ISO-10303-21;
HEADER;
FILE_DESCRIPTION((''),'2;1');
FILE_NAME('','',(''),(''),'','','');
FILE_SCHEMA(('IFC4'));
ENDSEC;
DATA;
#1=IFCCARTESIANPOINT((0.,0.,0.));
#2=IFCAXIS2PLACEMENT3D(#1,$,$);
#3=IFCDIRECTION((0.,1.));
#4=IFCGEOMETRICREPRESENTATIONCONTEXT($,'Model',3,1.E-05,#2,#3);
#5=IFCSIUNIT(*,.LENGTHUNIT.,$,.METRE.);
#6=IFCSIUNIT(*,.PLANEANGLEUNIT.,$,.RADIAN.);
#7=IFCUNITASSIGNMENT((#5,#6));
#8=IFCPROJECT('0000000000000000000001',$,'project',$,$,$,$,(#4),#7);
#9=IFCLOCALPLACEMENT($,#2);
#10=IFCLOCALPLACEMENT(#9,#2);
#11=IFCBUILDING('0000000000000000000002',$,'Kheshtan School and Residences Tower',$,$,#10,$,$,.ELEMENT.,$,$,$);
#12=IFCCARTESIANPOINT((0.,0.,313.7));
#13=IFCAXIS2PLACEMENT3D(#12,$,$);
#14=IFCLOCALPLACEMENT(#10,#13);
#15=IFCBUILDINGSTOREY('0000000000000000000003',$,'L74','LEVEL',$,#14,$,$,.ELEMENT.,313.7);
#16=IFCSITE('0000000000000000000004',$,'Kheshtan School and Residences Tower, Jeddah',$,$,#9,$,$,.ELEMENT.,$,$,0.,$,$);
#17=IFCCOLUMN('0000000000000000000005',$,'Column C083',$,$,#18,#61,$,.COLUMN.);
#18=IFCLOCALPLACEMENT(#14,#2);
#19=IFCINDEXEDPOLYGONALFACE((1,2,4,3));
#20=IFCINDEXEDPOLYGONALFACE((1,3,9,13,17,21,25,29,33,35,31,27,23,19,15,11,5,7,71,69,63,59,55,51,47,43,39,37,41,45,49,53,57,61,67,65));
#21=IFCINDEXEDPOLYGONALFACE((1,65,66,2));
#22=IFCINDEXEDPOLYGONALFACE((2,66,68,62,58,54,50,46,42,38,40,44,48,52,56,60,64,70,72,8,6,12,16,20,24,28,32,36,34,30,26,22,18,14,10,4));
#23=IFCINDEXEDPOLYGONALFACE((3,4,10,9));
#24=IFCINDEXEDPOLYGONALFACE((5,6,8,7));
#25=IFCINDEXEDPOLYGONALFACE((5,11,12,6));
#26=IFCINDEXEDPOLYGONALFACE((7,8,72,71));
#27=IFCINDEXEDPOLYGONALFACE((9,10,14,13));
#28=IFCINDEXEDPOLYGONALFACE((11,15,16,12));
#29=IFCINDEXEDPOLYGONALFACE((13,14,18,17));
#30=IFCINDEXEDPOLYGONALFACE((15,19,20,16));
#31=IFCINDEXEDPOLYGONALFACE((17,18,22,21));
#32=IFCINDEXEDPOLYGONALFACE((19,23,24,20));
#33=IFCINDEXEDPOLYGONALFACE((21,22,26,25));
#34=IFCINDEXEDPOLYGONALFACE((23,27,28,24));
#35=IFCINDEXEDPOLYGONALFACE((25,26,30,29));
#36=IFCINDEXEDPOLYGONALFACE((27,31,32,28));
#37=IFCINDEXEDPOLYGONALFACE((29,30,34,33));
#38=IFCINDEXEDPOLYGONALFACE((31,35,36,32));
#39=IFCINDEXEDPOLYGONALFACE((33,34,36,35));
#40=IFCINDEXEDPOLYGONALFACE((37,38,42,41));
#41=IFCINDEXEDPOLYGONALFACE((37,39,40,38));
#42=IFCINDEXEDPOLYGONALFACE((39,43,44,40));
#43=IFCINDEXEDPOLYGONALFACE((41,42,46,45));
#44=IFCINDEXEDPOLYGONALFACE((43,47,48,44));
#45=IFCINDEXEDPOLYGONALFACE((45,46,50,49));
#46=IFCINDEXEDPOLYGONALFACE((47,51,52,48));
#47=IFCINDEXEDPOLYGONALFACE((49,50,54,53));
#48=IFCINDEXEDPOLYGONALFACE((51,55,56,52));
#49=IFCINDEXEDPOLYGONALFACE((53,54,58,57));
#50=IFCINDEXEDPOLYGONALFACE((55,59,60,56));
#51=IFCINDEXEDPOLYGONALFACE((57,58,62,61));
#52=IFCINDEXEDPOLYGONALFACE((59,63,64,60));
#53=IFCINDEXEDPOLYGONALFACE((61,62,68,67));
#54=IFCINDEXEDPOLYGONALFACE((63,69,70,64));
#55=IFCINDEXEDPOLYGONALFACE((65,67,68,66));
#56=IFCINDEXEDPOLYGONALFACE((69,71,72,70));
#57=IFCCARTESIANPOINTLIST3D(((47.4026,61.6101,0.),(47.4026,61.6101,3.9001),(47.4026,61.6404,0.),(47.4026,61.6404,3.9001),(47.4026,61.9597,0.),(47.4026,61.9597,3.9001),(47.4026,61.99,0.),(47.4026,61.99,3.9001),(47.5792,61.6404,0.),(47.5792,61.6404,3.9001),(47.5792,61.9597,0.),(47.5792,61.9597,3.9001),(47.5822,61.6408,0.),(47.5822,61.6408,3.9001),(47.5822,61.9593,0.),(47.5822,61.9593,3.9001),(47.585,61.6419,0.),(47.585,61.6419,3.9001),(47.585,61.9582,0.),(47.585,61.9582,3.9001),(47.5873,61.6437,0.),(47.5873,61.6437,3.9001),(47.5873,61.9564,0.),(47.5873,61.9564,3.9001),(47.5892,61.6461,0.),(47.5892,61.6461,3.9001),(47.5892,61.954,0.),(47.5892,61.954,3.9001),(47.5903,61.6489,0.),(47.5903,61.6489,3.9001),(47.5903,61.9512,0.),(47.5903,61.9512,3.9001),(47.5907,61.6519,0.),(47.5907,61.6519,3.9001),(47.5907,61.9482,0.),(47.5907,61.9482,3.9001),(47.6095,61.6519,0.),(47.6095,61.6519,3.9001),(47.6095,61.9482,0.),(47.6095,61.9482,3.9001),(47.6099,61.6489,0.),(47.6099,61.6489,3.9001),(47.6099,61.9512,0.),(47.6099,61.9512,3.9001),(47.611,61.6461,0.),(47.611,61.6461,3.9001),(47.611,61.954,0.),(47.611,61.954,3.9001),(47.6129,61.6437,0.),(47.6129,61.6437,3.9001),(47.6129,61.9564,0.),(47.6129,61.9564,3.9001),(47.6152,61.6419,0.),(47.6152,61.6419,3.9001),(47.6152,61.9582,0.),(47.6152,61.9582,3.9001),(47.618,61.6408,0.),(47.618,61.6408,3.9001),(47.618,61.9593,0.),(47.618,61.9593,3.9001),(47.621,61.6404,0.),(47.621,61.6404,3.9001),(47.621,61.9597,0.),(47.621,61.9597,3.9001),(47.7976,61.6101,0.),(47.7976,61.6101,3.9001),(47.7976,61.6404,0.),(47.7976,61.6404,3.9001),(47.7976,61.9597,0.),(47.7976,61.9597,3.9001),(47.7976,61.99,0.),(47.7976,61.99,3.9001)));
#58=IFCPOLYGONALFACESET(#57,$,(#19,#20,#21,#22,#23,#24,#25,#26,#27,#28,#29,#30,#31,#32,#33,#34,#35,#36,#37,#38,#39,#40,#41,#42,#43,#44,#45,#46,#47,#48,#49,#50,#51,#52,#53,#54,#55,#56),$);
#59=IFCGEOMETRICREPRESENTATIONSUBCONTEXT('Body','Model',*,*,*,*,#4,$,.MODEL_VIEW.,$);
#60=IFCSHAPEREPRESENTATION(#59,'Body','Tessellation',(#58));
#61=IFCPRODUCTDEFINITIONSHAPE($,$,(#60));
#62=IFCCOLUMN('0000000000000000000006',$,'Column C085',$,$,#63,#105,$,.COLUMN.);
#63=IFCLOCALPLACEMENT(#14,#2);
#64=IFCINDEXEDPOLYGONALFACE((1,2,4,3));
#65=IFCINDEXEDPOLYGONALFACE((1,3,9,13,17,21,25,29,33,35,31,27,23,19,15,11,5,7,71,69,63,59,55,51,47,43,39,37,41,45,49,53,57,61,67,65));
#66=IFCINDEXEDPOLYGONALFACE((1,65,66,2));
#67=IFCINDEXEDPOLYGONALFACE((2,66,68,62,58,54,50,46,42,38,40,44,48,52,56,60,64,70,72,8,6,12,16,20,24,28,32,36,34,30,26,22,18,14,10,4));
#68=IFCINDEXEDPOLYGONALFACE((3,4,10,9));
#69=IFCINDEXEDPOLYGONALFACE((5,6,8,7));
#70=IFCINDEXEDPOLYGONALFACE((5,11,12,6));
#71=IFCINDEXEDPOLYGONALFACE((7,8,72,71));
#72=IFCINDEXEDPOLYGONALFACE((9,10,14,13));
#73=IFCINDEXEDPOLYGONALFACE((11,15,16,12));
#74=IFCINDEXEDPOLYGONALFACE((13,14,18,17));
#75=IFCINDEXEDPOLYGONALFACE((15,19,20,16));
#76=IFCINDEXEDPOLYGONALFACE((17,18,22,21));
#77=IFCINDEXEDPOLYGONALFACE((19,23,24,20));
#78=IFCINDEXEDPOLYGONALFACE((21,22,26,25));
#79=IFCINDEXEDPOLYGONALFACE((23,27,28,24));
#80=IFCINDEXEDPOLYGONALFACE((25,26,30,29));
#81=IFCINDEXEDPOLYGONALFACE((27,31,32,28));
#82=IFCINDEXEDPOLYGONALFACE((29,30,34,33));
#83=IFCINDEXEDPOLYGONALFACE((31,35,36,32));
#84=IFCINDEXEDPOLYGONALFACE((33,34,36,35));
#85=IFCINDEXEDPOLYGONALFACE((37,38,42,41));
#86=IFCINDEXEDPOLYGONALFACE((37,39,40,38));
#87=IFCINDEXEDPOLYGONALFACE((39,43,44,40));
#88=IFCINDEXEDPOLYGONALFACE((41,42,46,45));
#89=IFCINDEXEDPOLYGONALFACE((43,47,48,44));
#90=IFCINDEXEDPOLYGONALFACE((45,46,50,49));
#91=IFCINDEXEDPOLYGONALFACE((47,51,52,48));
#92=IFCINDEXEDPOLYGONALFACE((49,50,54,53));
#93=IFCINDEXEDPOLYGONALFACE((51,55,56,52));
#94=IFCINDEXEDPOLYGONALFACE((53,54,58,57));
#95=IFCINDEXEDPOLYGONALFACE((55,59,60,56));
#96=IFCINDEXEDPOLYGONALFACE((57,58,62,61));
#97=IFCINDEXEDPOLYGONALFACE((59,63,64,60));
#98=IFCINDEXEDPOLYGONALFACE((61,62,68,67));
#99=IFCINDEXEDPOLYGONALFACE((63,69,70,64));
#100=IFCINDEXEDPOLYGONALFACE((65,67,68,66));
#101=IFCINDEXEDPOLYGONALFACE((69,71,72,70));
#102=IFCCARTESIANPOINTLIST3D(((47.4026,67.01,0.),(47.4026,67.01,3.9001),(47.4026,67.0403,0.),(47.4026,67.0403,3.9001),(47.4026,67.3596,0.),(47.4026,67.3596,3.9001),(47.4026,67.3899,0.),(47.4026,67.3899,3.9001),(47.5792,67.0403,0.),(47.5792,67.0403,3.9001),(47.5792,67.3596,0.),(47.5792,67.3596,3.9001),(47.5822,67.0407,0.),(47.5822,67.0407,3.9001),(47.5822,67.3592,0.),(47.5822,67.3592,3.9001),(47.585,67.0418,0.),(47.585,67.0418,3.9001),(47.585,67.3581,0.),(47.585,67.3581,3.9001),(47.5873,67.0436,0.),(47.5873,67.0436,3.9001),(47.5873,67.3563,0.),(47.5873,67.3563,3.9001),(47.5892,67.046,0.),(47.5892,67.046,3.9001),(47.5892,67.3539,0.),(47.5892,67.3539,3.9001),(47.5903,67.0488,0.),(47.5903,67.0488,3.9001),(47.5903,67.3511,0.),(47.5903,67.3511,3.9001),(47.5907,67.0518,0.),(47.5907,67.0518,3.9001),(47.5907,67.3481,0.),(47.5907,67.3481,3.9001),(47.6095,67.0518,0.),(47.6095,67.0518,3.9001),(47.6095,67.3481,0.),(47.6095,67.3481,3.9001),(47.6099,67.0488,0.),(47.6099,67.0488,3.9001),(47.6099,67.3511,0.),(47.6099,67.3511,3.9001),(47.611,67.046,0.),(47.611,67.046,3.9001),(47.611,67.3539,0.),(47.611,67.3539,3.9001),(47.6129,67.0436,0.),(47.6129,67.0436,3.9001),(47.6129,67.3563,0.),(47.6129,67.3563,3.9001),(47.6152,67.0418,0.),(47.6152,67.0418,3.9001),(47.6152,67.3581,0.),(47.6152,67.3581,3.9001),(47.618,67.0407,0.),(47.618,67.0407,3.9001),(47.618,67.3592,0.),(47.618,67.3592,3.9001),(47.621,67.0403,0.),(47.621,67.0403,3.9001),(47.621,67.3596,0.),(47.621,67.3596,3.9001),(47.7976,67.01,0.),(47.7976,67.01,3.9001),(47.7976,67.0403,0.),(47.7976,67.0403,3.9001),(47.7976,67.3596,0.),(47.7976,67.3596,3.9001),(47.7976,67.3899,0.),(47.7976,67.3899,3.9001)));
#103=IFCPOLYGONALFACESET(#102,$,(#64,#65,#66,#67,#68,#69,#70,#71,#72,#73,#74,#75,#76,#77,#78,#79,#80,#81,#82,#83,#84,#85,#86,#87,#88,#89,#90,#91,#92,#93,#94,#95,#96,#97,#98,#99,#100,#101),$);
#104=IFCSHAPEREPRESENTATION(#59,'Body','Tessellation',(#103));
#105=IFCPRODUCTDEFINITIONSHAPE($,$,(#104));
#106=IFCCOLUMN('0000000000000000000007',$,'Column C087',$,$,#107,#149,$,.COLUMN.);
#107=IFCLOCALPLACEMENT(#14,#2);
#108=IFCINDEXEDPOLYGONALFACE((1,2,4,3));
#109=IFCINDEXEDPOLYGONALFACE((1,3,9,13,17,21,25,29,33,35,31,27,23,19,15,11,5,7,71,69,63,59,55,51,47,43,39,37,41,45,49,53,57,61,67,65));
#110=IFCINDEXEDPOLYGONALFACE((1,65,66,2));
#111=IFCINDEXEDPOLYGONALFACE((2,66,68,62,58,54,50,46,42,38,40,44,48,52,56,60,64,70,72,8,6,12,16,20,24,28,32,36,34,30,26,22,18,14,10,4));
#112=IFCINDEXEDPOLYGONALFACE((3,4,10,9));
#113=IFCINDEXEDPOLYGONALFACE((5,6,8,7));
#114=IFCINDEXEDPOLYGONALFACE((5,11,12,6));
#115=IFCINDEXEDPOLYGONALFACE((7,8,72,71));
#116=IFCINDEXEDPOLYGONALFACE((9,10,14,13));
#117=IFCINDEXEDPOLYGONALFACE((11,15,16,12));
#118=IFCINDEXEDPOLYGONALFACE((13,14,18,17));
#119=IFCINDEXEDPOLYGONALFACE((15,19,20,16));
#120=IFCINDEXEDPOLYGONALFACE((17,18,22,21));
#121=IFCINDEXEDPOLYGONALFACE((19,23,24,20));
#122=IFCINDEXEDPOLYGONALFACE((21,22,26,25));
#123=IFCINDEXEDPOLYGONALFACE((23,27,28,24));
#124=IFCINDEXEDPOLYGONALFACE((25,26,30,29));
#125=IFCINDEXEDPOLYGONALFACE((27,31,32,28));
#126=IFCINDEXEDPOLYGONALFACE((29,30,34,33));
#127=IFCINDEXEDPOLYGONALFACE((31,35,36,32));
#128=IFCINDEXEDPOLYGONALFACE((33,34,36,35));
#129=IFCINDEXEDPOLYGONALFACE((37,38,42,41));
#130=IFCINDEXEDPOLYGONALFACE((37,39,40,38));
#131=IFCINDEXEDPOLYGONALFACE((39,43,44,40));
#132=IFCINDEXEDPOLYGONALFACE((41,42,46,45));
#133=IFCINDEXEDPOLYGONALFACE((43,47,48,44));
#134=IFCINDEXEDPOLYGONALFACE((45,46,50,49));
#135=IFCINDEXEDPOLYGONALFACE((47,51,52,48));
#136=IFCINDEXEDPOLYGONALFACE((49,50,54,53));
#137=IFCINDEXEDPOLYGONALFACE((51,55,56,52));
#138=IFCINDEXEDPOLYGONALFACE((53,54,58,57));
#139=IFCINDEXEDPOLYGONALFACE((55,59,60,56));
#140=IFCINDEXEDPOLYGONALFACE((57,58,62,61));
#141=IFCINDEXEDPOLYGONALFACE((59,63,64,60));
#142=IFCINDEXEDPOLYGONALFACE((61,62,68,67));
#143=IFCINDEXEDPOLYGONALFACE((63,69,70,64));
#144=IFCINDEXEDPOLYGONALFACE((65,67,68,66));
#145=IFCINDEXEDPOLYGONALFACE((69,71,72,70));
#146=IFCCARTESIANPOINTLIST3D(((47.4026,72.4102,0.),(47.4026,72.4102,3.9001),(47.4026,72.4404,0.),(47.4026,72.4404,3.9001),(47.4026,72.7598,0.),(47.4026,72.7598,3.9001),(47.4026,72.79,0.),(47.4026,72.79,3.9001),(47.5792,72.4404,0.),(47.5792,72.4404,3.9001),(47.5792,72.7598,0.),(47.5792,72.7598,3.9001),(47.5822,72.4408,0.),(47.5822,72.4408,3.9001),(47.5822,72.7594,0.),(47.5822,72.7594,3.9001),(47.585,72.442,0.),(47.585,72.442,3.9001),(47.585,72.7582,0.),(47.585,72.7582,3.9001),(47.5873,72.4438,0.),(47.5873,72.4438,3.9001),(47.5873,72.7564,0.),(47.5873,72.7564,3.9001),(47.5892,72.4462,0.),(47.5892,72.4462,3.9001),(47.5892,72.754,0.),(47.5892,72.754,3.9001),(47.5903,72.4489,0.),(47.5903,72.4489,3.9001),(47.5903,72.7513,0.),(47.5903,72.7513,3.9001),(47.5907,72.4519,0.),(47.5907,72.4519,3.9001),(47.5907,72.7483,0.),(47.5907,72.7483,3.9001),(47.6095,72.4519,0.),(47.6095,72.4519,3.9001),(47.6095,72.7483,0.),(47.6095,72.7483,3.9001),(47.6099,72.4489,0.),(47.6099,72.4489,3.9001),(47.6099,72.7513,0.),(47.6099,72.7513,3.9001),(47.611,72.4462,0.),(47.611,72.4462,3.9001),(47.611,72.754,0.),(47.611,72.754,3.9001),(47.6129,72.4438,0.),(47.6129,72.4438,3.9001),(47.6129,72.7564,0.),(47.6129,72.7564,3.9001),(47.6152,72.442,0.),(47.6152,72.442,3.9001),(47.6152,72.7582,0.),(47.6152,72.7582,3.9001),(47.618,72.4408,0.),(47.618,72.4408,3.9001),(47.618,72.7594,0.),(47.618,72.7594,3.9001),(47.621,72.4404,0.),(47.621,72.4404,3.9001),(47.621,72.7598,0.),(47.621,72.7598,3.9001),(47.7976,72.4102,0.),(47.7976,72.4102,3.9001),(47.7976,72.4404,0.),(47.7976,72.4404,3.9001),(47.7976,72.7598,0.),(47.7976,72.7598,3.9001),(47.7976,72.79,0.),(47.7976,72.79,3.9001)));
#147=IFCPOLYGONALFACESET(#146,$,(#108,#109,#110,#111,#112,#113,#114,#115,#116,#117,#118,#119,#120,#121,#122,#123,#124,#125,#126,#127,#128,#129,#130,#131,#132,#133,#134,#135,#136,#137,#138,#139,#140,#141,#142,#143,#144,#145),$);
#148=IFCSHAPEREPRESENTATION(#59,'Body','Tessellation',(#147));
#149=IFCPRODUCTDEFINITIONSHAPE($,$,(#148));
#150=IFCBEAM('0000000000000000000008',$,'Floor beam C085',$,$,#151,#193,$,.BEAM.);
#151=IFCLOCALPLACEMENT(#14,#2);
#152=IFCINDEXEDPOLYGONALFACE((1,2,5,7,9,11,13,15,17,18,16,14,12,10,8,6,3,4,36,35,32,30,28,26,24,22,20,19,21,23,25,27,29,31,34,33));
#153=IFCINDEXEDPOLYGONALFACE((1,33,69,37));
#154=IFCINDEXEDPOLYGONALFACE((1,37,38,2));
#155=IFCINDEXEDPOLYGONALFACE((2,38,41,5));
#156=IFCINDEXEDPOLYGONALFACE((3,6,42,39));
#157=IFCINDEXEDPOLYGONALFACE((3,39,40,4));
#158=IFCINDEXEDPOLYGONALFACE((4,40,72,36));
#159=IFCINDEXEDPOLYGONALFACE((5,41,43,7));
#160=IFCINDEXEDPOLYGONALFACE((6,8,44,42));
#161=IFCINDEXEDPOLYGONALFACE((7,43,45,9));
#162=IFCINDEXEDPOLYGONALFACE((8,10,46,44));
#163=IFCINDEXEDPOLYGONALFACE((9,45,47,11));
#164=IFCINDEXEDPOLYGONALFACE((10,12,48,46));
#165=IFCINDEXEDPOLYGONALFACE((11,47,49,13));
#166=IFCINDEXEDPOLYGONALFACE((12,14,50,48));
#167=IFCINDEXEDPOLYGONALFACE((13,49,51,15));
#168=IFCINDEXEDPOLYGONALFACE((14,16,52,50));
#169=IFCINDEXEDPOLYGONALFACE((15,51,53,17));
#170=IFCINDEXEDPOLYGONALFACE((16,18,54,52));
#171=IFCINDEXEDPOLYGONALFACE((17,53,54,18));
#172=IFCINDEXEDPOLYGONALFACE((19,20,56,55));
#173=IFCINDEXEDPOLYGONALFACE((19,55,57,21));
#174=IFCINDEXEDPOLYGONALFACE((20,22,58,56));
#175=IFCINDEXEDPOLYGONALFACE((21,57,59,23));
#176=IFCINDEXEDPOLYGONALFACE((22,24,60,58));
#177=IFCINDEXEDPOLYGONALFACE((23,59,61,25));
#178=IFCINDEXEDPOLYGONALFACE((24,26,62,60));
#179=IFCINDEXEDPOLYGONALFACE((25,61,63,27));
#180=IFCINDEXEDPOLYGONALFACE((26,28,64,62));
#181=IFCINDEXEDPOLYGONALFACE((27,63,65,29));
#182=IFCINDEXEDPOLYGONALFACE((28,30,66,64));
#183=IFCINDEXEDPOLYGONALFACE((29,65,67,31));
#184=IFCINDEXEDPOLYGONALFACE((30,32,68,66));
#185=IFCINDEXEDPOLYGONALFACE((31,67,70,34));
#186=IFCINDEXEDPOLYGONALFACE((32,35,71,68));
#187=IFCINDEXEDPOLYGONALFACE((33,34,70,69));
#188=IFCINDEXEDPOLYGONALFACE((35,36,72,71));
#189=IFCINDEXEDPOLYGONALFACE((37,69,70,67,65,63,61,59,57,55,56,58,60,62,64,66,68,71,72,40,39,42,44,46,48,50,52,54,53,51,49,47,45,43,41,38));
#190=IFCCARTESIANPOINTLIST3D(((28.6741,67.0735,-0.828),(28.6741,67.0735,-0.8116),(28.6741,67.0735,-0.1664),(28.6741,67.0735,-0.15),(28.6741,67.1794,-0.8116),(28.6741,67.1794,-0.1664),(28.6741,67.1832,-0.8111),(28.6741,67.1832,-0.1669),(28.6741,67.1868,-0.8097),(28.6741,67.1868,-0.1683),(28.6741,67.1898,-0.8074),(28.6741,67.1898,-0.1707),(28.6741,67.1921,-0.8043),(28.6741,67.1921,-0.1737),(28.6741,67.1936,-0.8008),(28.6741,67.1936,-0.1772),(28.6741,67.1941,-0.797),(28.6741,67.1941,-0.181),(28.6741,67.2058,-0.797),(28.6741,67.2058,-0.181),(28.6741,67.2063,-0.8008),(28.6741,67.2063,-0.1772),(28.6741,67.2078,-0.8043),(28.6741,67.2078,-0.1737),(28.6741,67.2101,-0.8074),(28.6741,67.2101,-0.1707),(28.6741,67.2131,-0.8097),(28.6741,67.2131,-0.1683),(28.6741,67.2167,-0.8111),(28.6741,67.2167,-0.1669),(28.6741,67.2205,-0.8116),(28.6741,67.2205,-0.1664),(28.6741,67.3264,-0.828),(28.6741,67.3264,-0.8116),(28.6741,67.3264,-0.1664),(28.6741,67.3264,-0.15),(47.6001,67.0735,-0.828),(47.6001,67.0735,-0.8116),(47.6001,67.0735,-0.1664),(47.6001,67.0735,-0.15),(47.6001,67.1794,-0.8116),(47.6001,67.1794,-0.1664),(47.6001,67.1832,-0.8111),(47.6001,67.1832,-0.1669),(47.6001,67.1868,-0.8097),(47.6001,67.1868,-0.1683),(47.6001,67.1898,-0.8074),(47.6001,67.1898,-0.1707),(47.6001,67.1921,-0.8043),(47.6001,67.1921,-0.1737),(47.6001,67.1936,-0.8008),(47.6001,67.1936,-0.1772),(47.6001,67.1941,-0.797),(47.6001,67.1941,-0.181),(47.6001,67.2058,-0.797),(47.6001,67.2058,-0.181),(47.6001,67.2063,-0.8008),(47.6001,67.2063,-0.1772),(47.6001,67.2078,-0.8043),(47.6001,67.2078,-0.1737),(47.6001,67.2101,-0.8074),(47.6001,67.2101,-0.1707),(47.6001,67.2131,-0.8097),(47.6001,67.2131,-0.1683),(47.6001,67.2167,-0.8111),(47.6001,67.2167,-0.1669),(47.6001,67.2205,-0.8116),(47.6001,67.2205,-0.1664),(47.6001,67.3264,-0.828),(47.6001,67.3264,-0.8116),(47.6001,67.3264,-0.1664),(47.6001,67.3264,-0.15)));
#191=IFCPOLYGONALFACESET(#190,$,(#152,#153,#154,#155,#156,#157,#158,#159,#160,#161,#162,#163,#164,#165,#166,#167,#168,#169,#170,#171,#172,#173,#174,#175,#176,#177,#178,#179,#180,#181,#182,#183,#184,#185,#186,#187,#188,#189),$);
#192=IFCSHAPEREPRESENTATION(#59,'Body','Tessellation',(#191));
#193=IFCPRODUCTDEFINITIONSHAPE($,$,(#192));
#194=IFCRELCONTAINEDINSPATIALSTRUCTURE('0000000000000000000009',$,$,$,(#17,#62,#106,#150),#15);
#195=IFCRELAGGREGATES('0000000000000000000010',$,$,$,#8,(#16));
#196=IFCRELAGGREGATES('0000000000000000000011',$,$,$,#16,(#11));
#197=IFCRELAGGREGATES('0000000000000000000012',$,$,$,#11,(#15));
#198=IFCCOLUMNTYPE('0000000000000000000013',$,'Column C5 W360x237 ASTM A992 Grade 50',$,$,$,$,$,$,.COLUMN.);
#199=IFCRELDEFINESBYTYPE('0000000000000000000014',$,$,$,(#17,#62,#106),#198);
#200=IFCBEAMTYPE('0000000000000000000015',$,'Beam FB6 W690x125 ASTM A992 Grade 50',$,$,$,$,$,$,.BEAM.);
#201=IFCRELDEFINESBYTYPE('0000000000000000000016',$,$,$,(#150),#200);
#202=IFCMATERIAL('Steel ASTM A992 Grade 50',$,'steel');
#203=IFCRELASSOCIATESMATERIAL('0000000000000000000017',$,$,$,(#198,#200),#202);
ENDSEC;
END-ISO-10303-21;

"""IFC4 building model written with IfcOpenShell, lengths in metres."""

from ifc_helpers import new_model, si_unit, direction, frame, origin, origin_2d, place, context, subcontext, project, spatial, i_section, extrude, material, material_profile, profile_set, type_object, element, save


model = new_model("IFC4")

# Units and contexts
model_context = context("Model", 3, precision=1e-05, world=origin(), true_north=direction((0.0, 1.0)))
body_context = subcontext(model_context, "Body", "Model", "MODEL_VIEW")
ifc_project = project(units=[si_unit("LENGTHUNIT", "METRE"), si_unit("PLANEANGLEUNIT", "RADIAN")], contexts=[model_context])

# Site, building, storey
site_placement = place(None, origin())
site = spatial("IfcSite", under=ifc_project, at=site_placement, Name="Kheshtan School and Residences Tower, Jeddah", CompositionType="ELEMENT", RefElevation=0.0)
building_placement = place(site_placement, origin())
building = spatial("IfcBuilding", under=site, at=building_placement, Name="Kheshtan School and Residences Tower", CompositionType="ELEMENT")
storey_placement = place(building_placement, frame((0.0, 0.0, 313.7)))
storey = spatial("IfcBuildingStorey", under=building, at=storey_placement, Name="L74", Description="LEVEL", CompositionType="ELEMENT", Elevation=313.7)

# Columns
ifc_material_1 = material(Name="Steel ASTM A992 Grade 50", Category="steel")
ifc_material_profile_1 = material_profile(ifc_material_1, i_section(OverallWidth=0.395, OverallDepth=0.3799, WebThickness=0.0188, FlangeThickness=0.0303, FilletRadius=0.0115, at=origin_2d()), Name="W360x237")
ifc_profile_set_1 = profile_set([ifc_material_profile_1], Name="Steel ASTM A992 Grade 50")
column_type = type_object("IfcColumnType", Name="Column C5 W360x237 ASTM A992 Grade 50", PredefinedType="COLUMN", material=ifc_profile_set_1)
for number, where, z_axis, x_axis, name in (
    (1, (47.6001, 61.8, 0.0), (0.0, 0.0, 1.0), (1.0, 0.0, 0.0), "Column C083"),
    (2, (47.6001, 67.2, 0.0), (0.0, 0.0, 1.0), (1.0, 0.0, 0.0), "Column C085"),
    (3, (47.6001, 72.6001, 0.0), (0.0, 0.0, 1.0), (1.0, 0.0, 0.0), "Column C087"),
):
    element("IfcColumn", number, at=place(storey_placement, frame(where, z_axis=z_axis, x_axis=x_axis)), inside=storey, type_object=column_type, Name=name, PredefinedType="COLUMN", context=body_context, shape_type="SweptSolid", body=[
        extrude(i_section(OverallWidth=0.395, OverallDepth=0.3799, WebThickness=0.0188, FlangeThickness=0.0303, FilletRadius=0.0115, at=origin_2d()), origin(), (0.0, 0.0, 1.0), 3.9001),
    ])

# Beam
ifc_material_profile_2 = material_profile(ifc_material_1, i_section(OverallWidth=0.2529, OverallDepth=0.678, WebThickness=0.0117, FlangeThickness=0.0164, FilletRadius=0.0146, at=origin_2d()), Name="W690x125")
ifc_profile_set_2 = profile_set([ifc_material_profile_2], Name="Steel ASTM A992 Grade 50")
beam_type_1 = type_object("IfcBeamType", Name="Beam FB6 W690x125 ASTM A992 Grade 50", PredefinedType="BEAM", material=ifc_profile_set_2)
beam_1_placement = place(storey_placement, frame((47.6001, 67.2, -0.489), z_axis=(-1.0, 0.0, 0.0), x_axis=(0.0, -1.0, 0.0)))
element("IfcBeam", 4, at=beam_1_placement, inside=storey, type_object=beam_type_1, Name="Floor beam C085", PredefinedType="BEAM", context=body_context, shape_type="SweptSolid", body=[
    extrude(i_section(OverallWidth=0.2529, OverallDepth=0.678, WebThickness=0.0117, FlangeThickness=0.0164, FilletRadius=0.0146, at=origin_2d()), origin(), (0.0, 0.0, 1.0), 18.926),
])

save(model, "model.ifc")
